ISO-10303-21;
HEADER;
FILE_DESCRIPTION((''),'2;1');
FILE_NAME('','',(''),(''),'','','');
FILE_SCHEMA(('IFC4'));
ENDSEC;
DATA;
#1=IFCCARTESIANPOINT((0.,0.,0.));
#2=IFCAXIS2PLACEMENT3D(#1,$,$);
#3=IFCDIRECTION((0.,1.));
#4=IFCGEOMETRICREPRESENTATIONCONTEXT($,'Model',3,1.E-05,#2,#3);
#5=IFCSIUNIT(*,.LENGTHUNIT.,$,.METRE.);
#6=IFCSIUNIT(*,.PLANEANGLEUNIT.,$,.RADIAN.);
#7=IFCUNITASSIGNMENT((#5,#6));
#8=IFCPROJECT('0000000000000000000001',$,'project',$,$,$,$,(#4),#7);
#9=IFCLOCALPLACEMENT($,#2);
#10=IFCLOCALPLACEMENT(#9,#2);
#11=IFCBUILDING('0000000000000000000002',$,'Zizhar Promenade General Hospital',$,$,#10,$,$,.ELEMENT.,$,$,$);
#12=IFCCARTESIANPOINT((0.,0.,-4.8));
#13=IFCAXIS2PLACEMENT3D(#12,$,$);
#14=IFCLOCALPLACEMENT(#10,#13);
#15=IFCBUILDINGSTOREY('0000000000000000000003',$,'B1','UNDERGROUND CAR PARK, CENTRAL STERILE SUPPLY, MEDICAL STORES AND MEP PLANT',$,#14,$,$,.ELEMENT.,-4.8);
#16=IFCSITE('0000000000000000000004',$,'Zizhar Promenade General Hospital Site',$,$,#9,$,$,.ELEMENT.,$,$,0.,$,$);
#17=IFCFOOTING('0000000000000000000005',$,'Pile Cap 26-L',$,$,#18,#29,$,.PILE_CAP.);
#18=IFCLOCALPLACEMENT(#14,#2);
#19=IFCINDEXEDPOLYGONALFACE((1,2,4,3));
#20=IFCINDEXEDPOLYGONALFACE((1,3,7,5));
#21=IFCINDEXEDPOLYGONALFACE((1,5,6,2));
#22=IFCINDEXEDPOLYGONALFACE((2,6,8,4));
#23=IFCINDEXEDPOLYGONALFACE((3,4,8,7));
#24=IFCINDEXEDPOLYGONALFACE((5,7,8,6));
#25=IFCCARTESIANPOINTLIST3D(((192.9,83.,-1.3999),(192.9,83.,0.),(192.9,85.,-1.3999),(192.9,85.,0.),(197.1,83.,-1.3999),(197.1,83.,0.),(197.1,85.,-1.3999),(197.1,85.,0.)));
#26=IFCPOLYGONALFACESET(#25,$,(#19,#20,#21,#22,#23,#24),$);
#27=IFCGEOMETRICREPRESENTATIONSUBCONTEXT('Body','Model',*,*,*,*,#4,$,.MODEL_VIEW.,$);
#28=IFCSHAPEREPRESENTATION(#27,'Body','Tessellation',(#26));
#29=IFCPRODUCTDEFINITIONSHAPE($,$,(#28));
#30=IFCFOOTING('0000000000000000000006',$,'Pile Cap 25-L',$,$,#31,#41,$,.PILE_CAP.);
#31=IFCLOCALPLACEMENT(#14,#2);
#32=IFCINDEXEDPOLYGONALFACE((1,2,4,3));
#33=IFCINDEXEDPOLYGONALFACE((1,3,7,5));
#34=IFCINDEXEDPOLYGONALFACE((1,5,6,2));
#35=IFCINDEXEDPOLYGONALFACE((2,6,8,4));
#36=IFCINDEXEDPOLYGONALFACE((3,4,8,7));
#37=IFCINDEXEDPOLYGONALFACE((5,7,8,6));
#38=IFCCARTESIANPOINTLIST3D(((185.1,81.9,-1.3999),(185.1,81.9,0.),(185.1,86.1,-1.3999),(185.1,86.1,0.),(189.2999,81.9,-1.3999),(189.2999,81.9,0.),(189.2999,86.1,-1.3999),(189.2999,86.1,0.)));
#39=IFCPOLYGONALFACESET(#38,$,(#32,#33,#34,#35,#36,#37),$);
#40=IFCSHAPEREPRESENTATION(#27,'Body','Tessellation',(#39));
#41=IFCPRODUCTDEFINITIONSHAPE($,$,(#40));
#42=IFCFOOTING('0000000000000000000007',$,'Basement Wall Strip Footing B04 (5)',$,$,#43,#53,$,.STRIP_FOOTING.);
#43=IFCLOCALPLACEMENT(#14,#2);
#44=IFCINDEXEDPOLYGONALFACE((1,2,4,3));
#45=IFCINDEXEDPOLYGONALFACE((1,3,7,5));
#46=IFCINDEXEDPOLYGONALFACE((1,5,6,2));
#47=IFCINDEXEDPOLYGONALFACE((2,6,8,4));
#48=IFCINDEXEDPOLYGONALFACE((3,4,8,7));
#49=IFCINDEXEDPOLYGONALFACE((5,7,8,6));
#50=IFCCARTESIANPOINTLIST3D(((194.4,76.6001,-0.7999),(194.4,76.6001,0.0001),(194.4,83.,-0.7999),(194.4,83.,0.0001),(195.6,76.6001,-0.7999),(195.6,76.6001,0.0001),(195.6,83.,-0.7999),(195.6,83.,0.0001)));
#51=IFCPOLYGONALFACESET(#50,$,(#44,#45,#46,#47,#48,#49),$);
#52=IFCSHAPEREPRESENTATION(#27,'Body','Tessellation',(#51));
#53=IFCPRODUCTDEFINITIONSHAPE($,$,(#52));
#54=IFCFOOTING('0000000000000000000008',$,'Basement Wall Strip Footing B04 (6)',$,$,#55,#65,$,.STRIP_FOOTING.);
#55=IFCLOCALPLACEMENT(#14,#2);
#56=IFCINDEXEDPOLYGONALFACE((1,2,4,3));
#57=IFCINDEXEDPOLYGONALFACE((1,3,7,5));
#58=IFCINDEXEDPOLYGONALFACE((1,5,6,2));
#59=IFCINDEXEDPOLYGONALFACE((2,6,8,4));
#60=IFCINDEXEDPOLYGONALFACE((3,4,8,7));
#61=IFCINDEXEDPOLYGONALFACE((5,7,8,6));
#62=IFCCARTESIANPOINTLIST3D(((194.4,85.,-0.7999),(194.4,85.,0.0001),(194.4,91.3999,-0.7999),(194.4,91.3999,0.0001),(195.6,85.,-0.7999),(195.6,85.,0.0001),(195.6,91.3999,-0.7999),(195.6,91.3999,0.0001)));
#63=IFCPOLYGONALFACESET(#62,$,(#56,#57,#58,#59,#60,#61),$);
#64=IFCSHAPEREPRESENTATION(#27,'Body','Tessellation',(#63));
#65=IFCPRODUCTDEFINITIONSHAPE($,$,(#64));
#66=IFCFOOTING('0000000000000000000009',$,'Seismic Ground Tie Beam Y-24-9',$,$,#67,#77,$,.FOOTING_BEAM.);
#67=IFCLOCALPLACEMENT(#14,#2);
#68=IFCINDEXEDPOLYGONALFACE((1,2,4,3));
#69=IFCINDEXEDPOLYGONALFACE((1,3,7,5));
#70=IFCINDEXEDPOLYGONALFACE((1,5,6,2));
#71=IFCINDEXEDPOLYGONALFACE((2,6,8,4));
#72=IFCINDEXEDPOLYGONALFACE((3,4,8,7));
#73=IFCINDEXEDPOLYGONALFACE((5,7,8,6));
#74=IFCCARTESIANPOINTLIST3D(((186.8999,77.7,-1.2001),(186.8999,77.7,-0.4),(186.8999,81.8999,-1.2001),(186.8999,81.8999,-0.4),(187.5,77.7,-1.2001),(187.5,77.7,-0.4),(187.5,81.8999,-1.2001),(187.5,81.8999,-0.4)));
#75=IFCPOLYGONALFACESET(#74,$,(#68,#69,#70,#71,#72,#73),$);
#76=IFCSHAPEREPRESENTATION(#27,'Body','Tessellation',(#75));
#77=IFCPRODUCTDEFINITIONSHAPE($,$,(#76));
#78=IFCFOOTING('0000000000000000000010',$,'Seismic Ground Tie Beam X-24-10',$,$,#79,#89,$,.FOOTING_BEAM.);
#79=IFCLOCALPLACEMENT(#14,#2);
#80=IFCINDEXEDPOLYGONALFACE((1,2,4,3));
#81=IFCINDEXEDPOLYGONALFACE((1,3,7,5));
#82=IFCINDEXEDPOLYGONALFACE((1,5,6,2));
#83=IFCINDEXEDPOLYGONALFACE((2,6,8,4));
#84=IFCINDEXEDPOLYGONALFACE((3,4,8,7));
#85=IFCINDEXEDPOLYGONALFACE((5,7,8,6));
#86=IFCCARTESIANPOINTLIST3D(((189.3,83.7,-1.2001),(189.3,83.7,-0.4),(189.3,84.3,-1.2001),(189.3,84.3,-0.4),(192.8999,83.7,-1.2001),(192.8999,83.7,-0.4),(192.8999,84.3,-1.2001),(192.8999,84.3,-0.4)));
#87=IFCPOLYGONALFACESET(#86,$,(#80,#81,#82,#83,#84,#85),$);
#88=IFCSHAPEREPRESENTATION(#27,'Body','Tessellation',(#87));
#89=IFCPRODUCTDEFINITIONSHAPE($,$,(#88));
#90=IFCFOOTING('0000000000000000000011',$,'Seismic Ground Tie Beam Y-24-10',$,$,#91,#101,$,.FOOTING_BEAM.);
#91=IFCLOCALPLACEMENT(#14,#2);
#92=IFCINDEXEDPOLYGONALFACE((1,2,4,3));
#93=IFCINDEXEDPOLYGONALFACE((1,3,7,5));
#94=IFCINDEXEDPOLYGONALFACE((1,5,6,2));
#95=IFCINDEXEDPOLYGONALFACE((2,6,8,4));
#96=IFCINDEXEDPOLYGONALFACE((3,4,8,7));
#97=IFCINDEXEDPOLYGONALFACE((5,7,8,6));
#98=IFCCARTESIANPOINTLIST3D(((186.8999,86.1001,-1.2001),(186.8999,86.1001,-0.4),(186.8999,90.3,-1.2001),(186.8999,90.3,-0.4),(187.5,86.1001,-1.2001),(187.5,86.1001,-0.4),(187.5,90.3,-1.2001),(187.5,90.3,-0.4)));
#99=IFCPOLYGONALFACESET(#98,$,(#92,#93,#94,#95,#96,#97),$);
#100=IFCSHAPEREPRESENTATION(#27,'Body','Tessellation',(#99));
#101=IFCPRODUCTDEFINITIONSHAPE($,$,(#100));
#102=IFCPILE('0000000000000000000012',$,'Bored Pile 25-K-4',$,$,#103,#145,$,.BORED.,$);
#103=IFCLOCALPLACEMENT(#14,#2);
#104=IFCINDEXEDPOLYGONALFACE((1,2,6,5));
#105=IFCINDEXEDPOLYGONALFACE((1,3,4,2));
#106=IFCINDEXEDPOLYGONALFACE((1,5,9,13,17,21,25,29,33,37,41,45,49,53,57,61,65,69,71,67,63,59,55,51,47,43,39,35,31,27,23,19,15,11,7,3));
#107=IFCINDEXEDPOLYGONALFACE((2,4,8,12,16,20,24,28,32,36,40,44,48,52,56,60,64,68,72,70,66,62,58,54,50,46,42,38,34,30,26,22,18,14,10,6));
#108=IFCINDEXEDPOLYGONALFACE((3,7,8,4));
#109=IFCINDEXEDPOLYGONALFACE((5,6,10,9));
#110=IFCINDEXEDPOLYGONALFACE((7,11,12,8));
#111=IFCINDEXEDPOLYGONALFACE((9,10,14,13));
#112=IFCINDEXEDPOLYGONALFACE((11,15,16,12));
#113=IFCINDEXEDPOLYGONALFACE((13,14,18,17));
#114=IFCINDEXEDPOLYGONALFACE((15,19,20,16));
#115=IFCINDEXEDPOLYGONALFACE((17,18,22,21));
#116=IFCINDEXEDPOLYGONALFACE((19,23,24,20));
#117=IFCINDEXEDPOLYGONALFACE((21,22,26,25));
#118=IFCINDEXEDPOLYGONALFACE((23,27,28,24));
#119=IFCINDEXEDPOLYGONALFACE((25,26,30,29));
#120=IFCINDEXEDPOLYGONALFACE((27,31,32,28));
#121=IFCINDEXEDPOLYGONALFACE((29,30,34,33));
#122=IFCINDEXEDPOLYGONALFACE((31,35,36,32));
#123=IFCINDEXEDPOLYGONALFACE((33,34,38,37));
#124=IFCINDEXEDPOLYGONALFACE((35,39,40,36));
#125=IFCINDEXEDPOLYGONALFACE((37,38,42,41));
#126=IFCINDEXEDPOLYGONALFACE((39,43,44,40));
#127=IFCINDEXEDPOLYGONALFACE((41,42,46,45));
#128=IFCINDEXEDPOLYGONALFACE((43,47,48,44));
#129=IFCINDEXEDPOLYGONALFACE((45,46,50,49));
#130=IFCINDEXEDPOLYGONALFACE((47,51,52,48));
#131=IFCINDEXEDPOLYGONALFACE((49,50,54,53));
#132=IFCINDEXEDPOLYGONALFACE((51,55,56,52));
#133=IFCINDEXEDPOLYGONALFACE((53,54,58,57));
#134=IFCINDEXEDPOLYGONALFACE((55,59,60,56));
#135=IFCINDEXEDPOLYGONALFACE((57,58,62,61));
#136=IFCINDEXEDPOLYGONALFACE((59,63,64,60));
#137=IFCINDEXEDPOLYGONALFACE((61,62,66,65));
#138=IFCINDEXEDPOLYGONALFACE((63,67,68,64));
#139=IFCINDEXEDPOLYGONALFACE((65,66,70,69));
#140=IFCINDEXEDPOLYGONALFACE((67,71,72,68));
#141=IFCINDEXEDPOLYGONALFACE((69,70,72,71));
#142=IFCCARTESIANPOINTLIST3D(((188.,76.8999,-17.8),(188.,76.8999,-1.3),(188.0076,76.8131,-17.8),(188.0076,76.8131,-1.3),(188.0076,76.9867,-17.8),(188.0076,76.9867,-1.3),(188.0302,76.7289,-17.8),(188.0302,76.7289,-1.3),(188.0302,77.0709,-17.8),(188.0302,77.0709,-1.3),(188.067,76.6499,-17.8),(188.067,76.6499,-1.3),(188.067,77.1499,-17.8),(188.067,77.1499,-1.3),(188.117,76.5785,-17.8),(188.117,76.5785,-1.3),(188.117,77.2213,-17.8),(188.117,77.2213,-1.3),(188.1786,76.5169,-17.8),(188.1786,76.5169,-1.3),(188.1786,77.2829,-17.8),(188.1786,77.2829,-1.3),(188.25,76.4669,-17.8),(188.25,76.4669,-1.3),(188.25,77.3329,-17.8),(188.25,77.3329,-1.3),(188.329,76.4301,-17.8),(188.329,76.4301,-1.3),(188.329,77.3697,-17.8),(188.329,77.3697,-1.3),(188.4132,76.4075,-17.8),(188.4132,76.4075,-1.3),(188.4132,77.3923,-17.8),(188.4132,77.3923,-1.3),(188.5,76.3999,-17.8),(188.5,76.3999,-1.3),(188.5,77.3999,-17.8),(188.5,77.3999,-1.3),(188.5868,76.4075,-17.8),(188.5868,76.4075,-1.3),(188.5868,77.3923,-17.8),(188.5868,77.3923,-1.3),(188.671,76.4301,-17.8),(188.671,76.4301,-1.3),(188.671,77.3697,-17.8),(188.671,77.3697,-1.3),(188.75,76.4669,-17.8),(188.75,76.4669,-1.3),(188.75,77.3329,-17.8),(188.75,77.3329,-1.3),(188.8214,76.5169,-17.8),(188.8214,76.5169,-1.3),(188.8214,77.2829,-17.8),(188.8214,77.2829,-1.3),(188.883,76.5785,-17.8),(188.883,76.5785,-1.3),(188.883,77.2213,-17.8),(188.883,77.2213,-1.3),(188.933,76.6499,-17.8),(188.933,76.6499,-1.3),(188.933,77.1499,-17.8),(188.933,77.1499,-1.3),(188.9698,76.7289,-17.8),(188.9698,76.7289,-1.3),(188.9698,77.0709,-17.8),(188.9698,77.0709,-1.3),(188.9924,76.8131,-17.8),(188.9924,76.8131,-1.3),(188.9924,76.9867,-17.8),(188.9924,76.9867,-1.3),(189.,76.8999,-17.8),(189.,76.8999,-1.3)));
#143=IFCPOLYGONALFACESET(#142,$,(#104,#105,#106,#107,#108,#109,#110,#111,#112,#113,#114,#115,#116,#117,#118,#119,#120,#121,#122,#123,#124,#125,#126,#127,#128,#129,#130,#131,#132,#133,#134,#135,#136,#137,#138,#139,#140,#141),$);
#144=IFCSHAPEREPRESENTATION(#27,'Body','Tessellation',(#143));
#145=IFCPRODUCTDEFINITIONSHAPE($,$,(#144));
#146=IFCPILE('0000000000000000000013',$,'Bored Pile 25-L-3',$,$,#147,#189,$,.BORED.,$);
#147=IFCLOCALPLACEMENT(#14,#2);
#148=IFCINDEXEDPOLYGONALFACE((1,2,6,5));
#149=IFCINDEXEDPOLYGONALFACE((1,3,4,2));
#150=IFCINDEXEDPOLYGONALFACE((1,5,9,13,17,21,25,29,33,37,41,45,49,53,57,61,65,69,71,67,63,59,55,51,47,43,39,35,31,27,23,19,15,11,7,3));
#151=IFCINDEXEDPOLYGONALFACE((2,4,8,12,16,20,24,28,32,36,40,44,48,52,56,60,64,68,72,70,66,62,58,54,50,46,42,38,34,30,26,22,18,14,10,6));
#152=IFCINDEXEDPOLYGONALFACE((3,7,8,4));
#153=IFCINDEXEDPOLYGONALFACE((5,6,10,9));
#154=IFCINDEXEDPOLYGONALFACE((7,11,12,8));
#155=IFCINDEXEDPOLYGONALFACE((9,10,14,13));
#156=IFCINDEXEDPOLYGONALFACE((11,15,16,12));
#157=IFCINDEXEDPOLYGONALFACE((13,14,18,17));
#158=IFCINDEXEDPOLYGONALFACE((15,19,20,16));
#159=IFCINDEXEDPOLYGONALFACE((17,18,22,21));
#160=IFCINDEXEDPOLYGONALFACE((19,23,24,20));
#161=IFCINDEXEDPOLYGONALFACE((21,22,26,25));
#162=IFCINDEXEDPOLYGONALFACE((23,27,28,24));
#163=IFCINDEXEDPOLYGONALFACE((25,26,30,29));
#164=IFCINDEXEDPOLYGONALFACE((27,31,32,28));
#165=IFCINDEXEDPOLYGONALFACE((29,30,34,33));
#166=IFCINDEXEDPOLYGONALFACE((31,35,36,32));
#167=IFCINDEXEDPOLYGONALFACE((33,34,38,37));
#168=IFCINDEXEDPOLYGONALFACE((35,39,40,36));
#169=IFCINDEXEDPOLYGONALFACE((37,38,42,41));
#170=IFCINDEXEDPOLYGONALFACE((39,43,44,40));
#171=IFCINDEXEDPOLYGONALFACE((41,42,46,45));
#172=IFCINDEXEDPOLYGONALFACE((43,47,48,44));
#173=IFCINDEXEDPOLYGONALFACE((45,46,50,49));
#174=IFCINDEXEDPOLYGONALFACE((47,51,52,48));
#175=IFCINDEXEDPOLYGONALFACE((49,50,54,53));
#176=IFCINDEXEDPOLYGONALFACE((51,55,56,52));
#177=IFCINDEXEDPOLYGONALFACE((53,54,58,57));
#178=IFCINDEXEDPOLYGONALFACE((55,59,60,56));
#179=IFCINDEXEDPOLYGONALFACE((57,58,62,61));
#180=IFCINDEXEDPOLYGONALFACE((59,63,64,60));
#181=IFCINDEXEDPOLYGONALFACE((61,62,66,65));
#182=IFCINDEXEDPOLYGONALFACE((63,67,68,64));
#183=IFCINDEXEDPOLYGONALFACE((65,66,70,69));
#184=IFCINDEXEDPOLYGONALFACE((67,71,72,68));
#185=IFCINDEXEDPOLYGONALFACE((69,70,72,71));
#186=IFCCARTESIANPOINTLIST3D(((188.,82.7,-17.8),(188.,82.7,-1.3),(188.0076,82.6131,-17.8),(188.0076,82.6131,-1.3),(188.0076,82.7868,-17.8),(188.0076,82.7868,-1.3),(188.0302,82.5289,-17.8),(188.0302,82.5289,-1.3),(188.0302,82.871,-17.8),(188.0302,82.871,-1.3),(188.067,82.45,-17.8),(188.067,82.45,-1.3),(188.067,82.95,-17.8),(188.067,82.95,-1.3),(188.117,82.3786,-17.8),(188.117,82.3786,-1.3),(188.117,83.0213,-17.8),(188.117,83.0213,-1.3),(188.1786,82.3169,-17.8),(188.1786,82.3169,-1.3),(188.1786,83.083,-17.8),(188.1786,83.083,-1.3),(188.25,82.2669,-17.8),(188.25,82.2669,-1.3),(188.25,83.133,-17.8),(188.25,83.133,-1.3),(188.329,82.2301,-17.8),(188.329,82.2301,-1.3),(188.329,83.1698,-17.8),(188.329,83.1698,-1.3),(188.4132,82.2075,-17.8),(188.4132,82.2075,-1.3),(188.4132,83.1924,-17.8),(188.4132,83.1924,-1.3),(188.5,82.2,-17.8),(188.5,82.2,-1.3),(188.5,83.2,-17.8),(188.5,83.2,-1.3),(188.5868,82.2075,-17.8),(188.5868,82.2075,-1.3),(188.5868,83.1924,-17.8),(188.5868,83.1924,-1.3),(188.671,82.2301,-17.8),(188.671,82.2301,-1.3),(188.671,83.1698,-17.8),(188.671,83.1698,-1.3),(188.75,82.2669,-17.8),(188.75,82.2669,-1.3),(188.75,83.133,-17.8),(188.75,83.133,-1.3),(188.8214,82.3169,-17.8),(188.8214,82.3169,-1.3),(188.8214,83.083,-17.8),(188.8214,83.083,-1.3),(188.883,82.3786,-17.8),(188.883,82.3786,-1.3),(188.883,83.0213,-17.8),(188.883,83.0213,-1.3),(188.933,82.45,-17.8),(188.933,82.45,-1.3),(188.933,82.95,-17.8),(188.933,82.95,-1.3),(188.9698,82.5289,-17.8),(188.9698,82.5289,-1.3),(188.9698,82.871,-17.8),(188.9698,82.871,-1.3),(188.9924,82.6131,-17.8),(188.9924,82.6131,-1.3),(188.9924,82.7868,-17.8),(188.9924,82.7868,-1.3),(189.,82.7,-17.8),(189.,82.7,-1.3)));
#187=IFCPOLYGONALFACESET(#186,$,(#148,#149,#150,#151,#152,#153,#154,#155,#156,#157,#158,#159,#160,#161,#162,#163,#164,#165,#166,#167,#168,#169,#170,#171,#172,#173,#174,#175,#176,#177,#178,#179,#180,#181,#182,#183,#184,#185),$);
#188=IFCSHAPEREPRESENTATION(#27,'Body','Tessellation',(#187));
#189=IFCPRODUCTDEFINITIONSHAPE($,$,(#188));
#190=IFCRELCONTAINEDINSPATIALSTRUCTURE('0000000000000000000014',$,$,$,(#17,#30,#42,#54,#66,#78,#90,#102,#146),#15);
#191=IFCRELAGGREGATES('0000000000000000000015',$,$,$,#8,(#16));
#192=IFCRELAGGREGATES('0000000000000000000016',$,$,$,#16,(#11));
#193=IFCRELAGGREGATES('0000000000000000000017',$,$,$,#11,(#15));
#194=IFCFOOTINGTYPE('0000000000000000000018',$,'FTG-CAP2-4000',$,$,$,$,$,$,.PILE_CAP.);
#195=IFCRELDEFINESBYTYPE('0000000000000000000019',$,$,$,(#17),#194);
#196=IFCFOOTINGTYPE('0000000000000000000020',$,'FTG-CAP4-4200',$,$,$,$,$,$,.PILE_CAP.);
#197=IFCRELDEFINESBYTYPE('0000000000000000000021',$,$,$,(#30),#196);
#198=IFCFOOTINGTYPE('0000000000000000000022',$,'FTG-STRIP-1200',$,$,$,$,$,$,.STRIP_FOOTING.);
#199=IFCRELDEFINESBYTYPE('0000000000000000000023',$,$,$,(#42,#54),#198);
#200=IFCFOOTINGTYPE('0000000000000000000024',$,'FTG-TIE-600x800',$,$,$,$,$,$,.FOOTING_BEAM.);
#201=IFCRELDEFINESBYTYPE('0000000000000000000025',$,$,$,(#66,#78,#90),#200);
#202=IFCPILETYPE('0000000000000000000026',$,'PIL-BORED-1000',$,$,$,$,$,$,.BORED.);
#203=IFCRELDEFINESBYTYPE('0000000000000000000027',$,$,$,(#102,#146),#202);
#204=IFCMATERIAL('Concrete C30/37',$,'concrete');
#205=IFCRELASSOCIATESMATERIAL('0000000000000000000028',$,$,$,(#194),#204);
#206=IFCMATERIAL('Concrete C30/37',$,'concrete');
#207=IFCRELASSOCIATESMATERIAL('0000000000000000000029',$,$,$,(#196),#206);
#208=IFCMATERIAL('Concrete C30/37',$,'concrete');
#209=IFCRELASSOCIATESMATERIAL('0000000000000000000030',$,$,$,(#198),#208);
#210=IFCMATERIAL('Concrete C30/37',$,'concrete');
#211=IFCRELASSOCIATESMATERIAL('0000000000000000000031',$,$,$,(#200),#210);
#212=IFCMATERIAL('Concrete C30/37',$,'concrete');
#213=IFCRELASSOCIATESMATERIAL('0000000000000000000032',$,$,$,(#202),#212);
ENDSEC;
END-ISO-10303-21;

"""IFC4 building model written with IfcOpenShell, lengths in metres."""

from ifc_helpers import new_model, si_unit, direction, frame, origin, origin_2d, place, context, subcontext, project, spatial, rectangle, circle, extrude, material, material_profile, profile_set, type_object, element, save


model = new_model("IFC4")

# Units and contexts
model_context = context("Model", 3, precision=1e-05, world=origin(), true_north=direction((0.0, 1.0)))
body_context = subcontext(model_context, "Body", "Model", "MODEL_VIEW")
ifc_project = project(units=[si_unit("LENGTHUNIT", "METRE"), si_unit("PLANEANGLEUNIT", "RADIAN")], contexts=[model_context])

# Site, building, storey
site_placement = place(None, origin())
site = spatial("IfcSite", under=ifc_project, at=site_placement, Name="Zizhar Promenade General Hospital Site", CompositionType="ELEMENT", RefElevation=0.0)
building_placement = place(site_placement, origin())
building = spatial("IfcBuilding", under=site, at=building_placement, Name="Zizhar Promenade General Hospital", CompositionType="ELEMENT")
storey_placement = place(building_placement, frame((0.0, 0.0, -4.8)))
storey = spatial("IfcBuildingStorey", under=building, at=storey_placement, Name="B1", Description="UNDERGROUND CAR PARK, CENTRAL STERILE SUPPLY, MEDICAL STORES AND MEP PLANT", CompositionType="ELEMENT", Elevation=-4.8)

# Footings
ifc_material_1 = material(Name="Concrete C30/37", Category="concrete")
footing_type_1 = type_object("IfcFootingType", Name="FTG-CAP2-4000", PredefinedType="PILE_CAP", material=ifc_material_1)
footing_1_placement = place(storey_placement, frame((195.0, 84.0, -1.3999), z_axis=(0.0, 0.0, 1.0), x_axis=(1.0, 0.0, 0.0)))
element("IfcFooting", 1, at=footing_1_placement, inside=storey, type_object=footing_type_1, Name="Pile Cap 26-L", PredefinedType="PILE_CAP", context=body_context, shape_type="SweptSolid", body=[
    extrude(rectangle(XDim=4.2, YDim=2.0, at=origin_2d()), origin(), (0.0, 0.0, 1.0), 1.3999),
])
ifc_material_2 = material(Name="Concrete C30/37", Category="concrete")
footing_type_2 = type_object("IfcFootingType", Name="FTG-CAP4-4200", PredefinedType="PILE_CAP", material=ifc_material_2)
footing_2_placement = place(storey_placement, frame((187.2, 84.0, -1.3999), z_axis=(0.0, 0.0, 1.0), x_axis=(1.0, 0.0, 0.0)))
element("IfcFooting", 2, at=footing_2_placement, inside=storey, type_object=footing_type_2, Name="Pile Cap 25-L", PredefinedType="PILE_CAP", context=body_context, shape_type="SweptSolid", body=[
    extrude(rectangle(XDim=4.2, YDim=4.2, at=origin_2d()), origin(), (0.0, 0.0, 1.0), 1.3999),
])
ifc_material_3 = material(Name="Concrete C30/37", Category="concrete")
ifc_material_profile_1 = material_profile(ifc_material_3, rectangle(XDim=1.2, YDim=0.8, at=origin_2d()))
ifc_profile_set_1 = profile_set([ifc_material_profile_1], Name="Concrete C30/37")
footing_type_3 = type_object("IfcFootingType", Name="FTG-STRIP-1200", PredefinedType="STRIP_FOOTING", material=ifc_profile_set_1)
for number, where, z_axis, x_axis, name in (
    (3, (195.0, 76.6001, -0.3999), (0.0, 1.0, 0.0), (-1.0, 0.0, 0.0), "Basement Wall Strip Footing B04 (5)"),
    (4, (195.0, 85.0, -0.3999), (0.0, 1.0, 0.0), (-1.0, 0.0, 0.0), "Basement Wall Strip Footing B04 (6)"),
):
    element("IfcFooting", number, at=place(storey_placement, frame(where, z_axis=z_axis, x_axis=x_axis)), inside=storey, type_object=footing_type_3, Name=name, PredefinedType="STRIP_FOOTING", context=body_context, shape_type="SweptSolid", body=[
        extrude(rectangle(XDim=1.2, YDim=0.8, at=origin_2d()), origin(), (0.0, 0.0, 1.0), 6.3999),
    ])
ifc_material_4 = material(Name="Concrete C30/37", Category="concrete")
ifc_material_profile_2 = material_profile(ifc_material_4, rectangle(XDim=0.6001, YDim=0.8, at=origin_2d()))
ifc_profile_set_2 = profile_set([ifc_material_profile_2], Name="Concrete C30/37")
footing_type_4 = type_object("IfcFootingType", Name="FTG-TIE-600x800", PredefinedType="FOOTING_BEAM", material=ifc_profile_set_2)
footing_3_placement = place(storey_placement, frame((187.2, 77.7, -0.8), z_axis=(0.0, 1.0, 0.0), x_axis=(-1.0, 0.0, 0.0)))
element("IfcFooting", 5, at=footing_3_placement, inside=storey, type_object=footing_type_4, Name="Seismic Ground Tie Beam Y-24-9", PredefinedType="FOOTING_BEAM", context=body_context, shape_type="SweptSolid", body=[
    extrude(rectangle(XDim=0.6001, YDim=0.8, at=origin_2d()), origin(), (0.0, 0.0, 1.0), 4.2),
])
footing_4_placement = place(storey_placement, frame((189.3, 84.0, -0.8), z_axis=(1.0, 0.0, 0.0), x_axis=(0.0, 1.0, 0.0)))
element("IfcFooting", 6, at=footing_4_placement, inside=storey, type_object=footing_type_4, Name="Seismic Ground Tie Beam X-24-10", PredefinedType="FOOTING_BEAM", context=body_context, shape_type="SweptSolid", body=[
    extrude(rectangle(XDim=0.6001, YDim=0.8, at=origin_2d()), origin(), (0.0, 0.0, 1.0), 3.5999),
])
footing_5_placement = place(storey_placement, frame((187.2, 86.1001, -0.8), z_axis=(0.0, 1.0, 0.0), x_axis=(-1.0, 0.0, 0.0)))
element("IfcFooting", 7, at=footing_5_placement, inside=storey, type_object=footing_type_4, Name="Seismic Ground Tie Beam Y-24-10", PredefinedType="FOOTING_BEAM", context=body_context, shape_type="SweptSolid", body=[
    extrude(rectangle(XDim=0.6001, YDim=0.8, at=origin_2d()), origin(), (0.0, 0.0, 1.0), 4.2),
])

# Piles
ifc_material_5 = material(Name="Concrete C30/37", Category="concrete")
ifc_material_profile_3 = material_profile(ifc_material_5, circle(Radius=0.5, at=origin_2d()))
ifc_profile_set_3 = profile_set([ifc_material_profile_3], Name="Concrete C30/37")
pile_type = type_object("IfcPileType", Name="PIL-BORED-1000", PredefinedType="BORED", material=ifc_profile_set_3)
for number, where, z_axis, x_axis, name in (
    (8, (188.5, 76.8999, -1.3), (0.0, 0.0, -1.0), (1.0, 0.0, 0.0), "Bored Pile 25-K-4"),
    (9, (188.5, 82.7, -1.3), (0.0, 0.0, -1.0), (1.0, 0.0, 0.0), "Bored Pile 25-L-3"),
):
    element("IfcPile", number, at=place(storey_placement, frame(where, z_axis=z_axis, x_axis=x_axis)), inside=storey, type_object=pile_type, Name=name, PredefinedType="BORED", context=body_context, shape_type="SweptSolid", body=[
        extrude(circle(Radius=0.5, at=origin_2d()), origin(), (0.0, 0.0, 1.0), 16.5),
    ])

save(model, "model.ifc")
